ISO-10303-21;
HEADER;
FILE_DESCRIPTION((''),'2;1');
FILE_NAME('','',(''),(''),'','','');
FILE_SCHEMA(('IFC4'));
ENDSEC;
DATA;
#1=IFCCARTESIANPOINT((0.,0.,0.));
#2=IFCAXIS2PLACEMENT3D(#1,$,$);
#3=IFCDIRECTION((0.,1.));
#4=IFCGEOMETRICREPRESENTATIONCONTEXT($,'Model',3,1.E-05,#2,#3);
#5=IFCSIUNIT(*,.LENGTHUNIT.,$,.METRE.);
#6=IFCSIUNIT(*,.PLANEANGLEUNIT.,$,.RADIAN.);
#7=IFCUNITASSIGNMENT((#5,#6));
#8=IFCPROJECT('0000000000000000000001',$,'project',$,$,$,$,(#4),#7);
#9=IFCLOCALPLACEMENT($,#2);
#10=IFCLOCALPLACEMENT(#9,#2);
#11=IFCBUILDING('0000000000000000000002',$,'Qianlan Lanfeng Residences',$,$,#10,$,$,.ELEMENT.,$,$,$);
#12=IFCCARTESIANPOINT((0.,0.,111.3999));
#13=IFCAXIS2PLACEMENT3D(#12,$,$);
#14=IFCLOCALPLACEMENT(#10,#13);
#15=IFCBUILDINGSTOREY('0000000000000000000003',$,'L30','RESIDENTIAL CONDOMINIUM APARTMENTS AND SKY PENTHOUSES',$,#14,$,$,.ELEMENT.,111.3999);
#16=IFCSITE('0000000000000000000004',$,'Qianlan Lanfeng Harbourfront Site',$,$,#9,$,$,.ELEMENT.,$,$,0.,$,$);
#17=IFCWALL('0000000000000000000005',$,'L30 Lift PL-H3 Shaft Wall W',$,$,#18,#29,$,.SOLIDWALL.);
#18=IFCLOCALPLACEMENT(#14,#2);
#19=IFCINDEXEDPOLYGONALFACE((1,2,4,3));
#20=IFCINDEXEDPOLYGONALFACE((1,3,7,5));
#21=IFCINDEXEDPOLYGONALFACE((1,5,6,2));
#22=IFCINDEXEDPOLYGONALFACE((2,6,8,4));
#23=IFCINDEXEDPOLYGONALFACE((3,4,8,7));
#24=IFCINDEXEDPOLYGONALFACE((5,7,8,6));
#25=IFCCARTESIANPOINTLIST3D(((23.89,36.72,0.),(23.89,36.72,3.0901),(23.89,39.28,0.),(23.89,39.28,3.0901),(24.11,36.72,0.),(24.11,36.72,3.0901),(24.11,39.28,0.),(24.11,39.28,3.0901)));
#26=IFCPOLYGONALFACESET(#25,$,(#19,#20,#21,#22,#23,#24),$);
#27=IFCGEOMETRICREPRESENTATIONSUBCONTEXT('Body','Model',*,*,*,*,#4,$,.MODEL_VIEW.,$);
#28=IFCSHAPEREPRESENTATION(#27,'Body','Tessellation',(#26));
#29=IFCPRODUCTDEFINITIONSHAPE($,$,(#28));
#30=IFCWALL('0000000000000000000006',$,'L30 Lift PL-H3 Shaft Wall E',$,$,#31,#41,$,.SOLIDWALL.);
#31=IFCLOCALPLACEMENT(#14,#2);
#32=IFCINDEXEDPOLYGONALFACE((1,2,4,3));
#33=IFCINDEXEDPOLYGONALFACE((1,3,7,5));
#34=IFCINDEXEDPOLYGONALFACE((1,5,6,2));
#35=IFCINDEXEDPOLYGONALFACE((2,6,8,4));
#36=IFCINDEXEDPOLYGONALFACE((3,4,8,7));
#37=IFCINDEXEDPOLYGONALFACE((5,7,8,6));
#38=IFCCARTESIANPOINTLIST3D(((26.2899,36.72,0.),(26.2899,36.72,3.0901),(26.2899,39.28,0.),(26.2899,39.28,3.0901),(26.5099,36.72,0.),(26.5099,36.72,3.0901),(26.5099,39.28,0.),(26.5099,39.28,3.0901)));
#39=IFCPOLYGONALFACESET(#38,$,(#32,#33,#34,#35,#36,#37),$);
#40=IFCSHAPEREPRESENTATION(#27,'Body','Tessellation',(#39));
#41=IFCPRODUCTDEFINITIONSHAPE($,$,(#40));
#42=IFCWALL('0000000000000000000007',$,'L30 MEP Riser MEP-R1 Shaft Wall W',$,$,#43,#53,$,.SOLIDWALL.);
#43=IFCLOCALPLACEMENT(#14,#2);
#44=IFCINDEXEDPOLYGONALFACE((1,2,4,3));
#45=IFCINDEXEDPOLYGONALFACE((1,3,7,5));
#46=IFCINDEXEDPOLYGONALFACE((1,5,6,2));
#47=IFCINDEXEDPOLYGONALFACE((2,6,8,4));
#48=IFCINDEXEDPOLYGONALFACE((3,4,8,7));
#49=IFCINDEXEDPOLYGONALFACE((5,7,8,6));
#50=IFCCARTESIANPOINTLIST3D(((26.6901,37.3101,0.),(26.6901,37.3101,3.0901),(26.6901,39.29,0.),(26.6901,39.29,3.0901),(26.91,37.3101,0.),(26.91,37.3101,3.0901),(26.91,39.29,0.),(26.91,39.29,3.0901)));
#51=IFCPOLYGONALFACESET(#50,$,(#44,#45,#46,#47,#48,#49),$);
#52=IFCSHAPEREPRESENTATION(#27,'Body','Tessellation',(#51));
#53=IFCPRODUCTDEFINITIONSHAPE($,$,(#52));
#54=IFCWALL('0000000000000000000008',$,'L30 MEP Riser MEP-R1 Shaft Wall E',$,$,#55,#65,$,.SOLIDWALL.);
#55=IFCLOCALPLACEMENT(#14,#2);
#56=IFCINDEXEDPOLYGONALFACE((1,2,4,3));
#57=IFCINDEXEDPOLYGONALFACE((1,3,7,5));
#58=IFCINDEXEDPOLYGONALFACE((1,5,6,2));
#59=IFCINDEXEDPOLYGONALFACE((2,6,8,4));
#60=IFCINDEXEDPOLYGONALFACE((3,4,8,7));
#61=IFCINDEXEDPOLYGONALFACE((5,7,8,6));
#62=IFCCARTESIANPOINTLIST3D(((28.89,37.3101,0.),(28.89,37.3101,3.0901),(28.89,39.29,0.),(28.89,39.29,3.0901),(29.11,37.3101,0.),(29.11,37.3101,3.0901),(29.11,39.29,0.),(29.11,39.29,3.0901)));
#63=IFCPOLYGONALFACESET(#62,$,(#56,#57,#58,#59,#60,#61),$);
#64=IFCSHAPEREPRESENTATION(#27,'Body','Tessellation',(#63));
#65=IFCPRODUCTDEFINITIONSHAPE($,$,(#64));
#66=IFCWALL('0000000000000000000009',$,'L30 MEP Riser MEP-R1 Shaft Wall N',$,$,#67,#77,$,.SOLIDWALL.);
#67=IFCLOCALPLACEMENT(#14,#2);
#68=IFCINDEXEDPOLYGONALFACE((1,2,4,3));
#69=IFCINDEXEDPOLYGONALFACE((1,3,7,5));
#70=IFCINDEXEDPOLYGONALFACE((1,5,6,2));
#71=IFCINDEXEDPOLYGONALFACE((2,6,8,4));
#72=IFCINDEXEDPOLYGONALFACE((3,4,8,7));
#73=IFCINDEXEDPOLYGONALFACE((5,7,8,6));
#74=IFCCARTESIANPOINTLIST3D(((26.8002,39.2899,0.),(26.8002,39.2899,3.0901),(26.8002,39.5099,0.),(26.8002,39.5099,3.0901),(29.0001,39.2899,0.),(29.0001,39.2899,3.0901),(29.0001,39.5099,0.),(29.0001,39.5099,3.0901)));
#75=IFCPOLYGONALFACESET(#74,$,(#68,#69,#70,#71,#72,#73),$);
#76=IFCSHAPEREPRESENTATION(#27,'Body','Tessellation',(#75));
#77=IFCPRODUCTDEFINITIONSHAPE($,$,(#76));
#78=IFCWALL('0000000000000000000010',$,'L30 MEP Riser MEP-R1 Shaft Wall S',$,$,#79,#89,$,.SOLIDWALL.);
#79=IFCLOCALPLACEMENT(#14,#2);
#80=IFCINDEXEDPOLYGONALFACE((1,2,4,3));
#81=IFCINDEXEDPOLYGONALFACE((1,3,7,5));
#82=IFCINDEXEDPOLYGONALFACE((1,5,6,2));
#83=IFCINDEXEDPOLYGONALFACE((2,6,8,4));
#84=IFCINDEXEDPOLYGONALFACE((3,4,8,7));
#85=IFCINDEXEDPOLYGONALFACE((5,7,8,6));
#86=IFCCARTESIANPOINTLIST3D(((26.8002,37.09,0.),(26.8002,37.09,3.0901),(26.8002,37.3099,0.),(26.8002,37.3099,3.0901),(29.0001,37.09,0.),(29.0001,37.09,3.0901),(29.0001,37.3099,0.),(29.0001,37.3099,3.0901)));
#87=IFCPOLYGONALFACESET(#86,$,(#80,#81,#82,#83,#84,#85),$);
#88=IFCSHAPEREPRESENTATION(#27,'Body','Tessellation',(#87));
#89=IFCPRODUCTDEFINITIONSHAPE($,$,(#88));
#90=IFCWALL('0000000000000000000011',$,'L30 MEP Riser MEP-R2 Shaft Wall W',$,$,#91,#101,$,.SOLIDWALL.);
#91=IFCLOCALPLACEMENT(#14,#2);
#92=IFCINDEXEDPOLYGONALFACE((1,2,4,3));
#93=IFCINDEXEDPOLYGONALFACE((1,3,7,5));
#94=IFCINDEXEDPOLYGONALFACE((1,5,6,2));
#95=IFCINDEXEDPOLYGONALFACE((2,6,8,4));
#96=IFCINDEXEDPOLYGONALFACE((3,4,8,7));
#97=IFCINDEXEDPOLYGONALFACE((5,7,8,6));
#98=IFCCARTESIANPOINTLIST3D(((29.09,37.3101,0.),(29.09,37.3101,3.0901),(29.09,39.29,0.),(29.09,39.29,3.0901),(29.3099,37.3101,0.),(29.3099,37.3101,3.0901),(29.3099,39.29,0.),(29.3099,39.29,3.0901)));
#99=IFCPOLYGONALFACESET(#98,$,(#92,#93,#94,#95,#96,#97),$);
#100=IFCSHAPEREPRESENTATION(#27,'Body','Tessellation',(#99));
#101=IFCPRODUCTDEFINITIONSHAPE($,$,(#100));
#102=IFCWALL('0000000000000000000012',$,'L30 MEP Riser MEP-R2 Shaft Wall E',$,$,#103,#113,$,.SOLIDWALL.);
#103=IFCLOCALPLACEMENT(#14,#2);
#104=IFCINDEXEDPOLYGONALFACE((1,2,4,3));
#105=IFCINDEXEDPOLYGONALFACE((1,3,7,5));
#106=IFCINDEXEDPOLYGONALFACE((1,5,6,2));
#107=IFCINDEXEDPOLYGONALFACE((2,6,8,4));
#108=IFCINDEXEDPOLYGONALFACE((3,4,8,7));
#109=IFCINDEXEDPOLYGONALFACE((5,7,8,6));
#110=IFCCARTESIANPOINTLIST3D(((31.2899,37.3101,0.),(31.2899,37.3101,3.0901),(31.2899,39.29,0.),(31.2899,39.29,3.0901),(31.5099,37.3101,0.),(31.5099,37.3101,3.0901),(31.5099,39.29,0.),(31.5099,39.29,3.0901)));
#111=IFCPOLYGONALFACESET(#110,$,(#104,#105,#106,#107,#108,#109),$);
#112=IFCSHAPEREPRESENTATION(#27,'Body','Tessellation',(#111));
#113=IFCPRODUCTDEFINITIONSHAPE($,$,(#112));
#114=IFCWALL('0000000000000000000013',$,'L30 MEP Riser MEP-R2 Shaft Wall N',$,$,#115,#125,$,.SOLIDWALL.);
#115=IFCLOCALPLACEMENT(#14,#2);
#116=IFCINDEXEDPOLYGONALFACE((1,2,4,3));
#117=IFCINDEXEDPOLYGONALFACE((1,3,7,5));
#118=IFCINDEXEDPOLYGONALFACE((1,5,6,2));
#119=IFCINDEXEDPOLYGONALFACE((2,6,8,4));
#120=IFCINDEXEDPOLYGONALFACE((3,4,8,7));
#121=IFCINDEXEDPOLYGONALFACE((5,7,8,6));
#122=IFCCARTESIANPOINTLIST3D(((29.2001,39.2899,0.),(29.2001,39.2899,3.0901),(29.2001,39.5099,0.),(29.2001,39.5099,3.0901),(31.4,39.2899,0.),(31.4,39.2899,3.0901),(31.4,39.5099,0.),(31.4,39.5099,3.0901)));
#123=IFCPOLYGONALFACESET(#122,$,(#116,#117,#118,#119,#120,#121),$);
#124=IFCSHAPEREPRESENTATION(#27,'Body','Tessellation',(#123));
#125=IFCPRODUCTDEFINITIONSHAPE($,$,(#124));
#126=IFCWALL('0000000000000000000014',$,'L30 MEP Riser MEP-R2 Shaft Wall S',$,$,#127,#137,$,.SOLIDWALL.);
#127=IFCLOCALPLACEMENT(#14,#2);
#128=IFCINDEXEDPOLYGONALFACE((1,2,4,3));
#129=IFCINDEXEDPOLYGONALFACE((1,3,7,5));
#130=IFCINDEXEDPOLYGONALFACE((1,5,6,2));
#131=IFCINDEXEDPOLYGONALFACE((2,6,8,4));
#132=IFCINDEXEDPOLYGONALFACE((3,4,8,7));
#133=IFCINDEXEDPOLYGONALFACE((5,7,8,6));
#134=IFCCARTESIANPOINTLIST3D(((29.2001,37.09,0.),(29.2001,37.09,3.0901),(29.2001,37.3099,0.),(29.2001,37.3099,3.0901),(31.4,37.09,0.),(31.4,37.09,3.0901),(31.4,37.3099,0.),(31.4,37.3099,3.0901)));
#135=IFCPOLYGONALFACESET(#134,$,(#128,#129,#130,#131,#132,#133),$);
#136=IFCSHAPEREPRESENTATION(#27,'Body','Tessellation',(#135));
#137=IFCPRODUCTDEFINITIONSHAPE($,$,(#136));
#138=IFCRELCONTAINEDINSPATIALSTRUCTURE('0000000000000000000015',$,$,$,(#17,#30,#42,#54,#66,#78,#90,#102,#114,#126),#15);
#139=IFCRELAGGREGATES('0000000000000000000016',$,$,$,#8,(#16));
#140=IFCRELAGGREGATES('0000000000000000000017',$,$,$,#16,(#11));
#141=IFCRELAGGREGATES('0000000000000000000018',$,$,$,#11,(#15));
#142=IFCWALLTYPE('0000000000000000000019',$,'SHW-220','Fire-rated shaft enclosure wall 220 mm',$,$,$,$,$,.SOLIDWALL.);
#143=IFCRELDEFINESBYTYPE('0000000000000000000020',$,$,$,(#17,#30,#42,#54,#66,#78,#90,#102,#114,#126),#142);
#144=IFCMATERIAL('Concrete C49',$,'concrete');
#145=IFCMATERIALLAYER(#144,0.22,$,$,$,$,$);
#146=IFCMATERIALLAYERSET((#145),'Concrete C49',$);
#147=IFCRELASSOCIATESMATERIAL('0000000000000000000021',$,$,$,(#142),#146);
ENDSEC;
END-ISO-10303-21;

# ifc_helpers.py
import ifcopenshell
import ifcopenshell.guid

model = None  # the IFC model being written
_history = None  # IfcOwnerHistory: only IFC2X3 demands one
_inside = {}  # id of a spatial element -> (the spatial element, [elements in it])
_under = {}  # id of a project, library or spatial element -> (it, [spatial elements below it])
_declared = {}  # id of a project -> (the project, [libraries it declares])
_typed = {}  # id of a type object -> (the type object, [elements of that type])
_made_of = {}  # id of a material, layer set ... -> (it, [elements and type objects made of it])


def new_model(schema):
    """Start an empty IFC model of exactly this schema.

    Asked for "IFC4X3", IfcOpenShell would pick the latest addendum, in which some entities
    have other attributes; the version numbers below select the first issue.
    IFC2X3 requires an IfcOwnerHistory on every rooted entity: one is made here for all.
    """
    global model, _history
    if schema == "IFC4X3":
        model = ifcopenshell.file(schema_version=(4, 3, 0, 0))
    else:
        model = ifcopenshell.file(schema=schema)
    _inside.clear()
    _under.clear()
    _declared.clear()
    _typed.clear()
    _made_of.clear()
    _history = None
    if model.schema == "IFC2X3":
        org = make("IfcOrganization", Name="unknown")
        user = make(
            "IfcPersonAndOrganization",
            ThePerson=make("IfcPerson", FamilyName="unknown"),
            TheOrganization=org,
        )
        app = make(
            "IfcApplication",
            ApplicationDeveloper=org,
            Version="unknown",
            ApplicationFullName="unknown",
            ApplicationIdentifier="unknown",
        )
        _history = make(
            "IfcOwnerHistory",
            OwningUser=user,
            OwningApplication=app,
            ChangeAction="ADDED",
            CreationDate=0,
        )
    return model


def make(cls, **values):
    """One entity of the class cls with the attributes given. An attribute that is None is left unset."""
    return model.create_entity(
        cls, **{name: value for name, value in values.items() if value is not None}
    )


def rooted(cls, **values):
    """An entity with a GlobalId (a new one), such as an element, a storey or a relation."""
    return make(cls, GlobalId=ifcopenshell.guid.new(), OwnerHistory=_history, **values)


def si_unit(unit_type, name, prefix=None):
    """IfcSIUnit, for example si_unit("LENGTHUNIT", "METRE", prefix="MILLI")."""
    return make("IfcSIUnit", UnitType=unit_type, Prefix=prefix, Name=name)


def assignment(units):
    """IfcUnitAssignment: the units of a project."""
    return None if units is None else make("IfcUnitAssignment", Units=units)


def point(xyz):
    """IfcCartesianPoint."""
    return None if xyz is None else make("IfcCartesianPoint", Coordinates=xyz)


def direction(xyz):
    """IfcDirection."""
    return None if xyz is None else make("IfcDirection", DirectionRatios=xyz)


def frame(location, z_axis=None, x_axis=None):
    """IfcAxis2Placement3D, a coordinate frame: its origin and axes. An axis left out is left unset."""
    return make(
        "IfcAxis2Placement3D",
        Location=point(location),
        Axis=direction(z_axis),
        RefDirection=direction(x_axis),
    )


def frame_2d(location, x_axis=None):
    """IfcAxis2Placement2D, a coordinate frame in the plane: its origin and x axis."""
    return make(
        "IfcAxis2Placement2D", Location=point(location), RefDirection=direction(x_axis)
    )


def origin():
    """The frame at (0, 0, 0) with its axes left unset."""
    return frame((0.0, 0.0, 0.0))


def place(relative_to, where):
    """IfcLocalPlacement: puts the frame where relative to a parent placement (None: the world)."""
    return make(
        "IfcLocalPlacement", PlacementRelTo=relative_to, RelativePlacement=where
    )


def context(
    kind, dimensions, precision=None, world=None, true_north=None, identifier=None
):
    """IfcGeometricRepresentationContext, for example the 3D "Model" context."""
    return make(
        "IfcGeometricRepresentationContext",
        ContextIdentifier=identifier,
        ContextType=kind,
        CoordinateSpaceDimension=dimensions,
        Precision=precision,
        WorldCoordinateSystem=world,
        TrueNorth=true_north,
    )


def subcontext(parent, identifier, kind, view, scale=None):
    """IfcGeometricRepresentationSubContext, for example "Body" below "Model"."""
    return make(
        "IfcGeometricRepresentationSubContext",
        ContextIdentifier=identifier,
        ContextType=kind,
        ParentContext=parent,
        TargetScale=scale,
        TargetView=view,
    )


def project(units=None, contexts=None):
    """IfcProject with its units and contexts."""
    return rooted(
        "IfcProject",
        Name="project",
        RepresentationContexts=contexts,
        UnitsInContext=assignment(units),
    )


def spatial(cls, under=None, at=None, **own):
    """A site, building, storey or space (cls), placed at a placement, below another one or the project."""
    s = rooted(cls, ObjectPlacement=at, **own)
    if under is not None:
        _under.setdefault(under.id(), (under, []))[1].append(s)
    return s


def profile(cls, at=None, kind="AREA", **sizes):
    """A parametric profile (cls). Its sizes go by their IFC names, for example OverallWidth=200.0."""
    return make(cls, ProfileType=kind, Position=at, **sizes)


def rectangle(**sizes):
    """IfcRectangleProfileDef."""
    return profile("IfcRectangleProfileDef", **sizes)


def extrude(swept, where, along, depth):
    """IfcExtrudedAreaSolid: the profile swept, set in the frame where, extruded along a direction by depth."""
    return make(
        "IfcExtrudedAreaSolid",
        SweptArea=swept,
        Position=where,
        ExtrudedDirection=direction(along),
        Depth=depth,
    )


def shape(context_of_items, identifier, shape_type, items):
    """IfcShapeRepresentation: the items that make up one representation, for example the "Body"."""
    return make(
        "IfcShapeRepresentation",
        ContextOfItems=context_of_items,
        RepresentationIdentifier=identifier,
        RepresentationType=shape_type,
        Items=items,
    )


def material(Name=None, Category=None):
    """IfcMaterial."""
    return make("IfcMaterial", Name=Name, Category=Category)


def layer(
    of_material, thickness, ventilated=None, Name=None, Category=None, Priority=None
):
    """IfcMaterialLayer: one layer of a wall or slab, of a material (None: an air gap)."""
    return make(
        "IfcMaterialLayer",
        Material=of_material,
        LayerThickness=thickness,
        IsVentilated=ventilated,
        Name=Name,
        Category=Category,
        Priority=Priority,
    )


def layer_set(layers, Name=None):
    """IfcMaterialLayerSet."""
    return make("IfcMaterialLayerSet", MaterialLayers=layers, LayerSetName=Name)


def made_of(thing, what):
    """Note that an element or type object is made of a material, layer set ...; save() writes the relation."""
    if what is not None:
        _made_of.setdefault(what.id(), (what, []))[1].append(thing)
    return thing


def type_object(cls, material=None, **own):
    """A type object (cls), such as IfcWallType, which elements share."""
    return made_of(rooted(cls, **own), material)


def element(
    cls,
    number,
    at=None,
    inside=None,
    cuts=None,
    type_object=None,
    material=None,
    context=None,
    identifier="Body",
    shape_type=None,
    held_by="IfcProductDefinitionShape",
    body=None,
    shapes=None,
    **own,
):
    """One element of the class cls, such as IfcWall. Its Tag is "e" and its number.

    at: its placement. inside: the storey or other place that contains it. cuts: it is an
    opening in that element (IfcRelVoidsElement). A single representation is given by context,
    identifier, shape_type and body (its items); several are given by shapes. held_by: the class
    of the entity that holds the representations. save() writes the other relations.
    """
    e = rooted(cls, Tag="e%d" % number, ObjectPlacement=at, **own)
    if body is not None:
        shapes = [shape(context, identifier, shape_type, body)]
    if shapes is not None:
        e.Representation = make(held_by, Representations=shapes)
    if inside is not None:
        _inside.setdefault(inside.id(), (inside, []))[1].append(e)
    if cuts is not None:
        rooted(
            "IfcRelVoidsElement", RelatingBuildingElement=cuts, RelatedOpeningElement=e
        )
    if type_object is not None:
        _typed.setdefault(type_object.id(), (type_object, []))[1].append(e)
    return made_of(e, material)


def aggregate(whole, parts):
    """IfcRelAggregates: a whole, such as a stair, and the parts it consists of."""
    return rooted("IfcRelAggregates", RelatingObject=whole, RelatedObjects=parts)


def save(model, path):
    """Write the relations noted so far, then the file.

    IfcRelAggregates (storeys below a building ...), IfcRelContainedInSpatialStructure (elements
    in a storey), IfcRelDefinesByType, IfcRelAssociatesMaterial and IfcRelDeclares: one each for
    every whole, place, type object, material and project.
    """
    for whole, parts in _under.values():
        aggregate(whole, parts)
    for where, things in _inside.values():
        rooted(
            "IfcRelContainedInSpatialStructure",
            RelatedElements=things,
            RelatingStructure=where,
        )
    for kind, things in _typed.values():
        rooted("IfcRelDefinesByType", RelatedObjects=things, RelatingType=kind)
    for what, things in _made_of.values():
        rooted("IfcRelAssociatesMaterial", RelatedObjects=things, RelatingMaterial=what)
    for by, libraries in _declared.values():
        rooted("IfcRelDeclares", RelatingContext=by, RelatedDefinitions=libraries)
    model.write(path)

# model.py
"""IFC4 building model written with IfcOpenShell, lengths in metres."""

from ifc_helpers import new_model, si_unit, direction, frame, frame_2d, origin, place, context, subcontext, project, spatial, rectangle, extrude, material, layer, layer_set, type_object, element, save


model = new_model("IFC4")

# Units and contexts
model_context = context("Model", 3, precision=1e-05, world=origin(), true_north=direction((0.0, 1.0)))
body_context = subcontext(model_context, "Body", "Model", "MODEL_VIEW")
ifc_project = project(units=[si_unit("LENGTHUNIT", "METRE"), si_unit("PLANEANGLEUNIT", "RADIAN")], contexts=[model_context])

# Site, building, storey
site_placement = place(None, origin())
site = spatial("IfcSite", under=ifc_project, at=site_placement, Name="Qianlan Lanfeng Harbourfront Site", CompositionType="ELEMENT", RefElevation=0.0)
building_placement = place(site_placement, origin())
building = spatial("IfcBuilding", under=site, at=building_placement, Name="Qianlan Lanfeng Residences", CompositionType="ELEMENT")
storey_placement = place(building_placement, frame((0.0, 0.0, 111.3999)))
storey = spatial("IfcBuildingStorey", under=building, at=storey_placement, Name="L30", Description="RESIDENTIAL CONDOMINIUM APARTMENTS AND SKY PENTHOUSES", CompositionType="ELEMENT", Elevation=111.3999)

# Walls
ifc_material_1 = material(Name="Concrete C49", Category="concrete")
ifc_layer_1 = layer(ifc_material_1, 0.22)
ifc_layer_set_1 = layer_set([ifc_layer_1], Name="Concrete C49")
wall_type_1 = type_object("IfcWallType", Name="SHW-220", Description="Fire-rated shaft enclosure wall 220 mm", PredefinedType="SOLIDWALL", material=ifc_layer_set_1)
for number, where, z_axis, x_axis, name in (
    (1, (24.0, 36.72, 0.0), (0.0, 0.0, 1.0), (0.0, 1.0, 0.0), "L30 Lift PL-H3 Shaft Wall W"),
    (2, (26.3999, 36.72, 0.0), (0.0, 0.0, 1.0), (0.0, 1.0, 0.0), "L30 Lift PL-H3 Shaft Wall E"),
):
    element("IfcWall", number, at=place(storey_placement, frame(where, z_axis=z_axis, x_axis=x_axis)), inside=storey, type_object=wall_type_1, Name=name, PredefinedType="SOLIDWALL", context=body_context, shape_type="SweptSolid", body=[
        extrude(rectangle(XDim=2.5601, YDim=0.22, at=frame_2d((1.28, 0.0))), origin(), (0.0, 0.0, 1.0), 3.0901),
    ])
for number, where, z_axis, x_axis, name in (
    (3, (26.8, 37.3101, 0.0), (0.0, 0.0, 1.0), (0.0, 1.0, 0.0), "L30 MEP Riser MEP-R1 Shaft Wall W"),
    (4, (29.0, 37.3101, 0.0), (0.0, 0.0, 1.0), (0.0, 1.0, 0.0), "L30 MEP Riser MEP-R1 Shaft Wall E"),
):
    element("IfcWall", number, at=place(storey_placement, frame(where, z_axis=z_axis, x_axis=x_axis)), inside=storey, type_object=wall_type_1, Name=name, PredefinedType="SOLIDWALL", context=body_context, shape_type="SweptSolid", body=[
        extrude(rectangle(XDim=1.98, YDim=0.22, at=frame_2d((0.99, 0.0))), origin(), (0.0, 0.0, 1.0), 3.0901),
    ])
for number, where, z_axis, x_axis, name in (
    (5, (26.8, 39.3999, 0.0), (0.0, 0.0, 1.0), (1.0, 0.0, 0.0), "L30 MEP Riser MEP-R1 Shaft Wall N"),
    (6, (26.8, 37.2, 0.0), (0.0, 0.0, 1.0), (1.0, 0.0, 0.0), "L30 MEP Riser MEP-R1 Shaft Wall S"),
):
    element("IfcWall", number, at=place(storey_placement, frame(where, z_axis=z_axis, x_axis=x_axis)), inside=storey, type_object=wall_type_1, Name=name, PredefinedType="SOLIDWALL", context=body_context, shape_type="SweptSolid", body=[
        extrude(rectangle(XDim=2.2, YDim=0.22, at=frame_2d((1.1001, 0.0))), origin(), (0.0, 0.0, 1.0), 3.0901),
    ])
for number, where, z_axis, x_axis, name in (
    (7, (29.2, 37.3101, 0.0), (0.0, 0.0, 1.0), (0.0, 1.0, 0.0), "L30 MEP Riser MEP-R2 Shaft Wall W"),
    (8, (31.3999, 37.3101, 0.0), (0.0, 0.0, 1.0), (0.0, 1.0, 0.0), "L30 MEP Riser MEP-R2 Shaft Wall E"),
):
    element("IfcWall", number, at=place(storey_placement, frame(where, z_axis=z_axis, x_axis=x_axis)), inside=storey, type_object=wall_type_1, Name=name, PredefinedType="SOLIDWALL", context=body_context, shape_type="SweptSolid", body=[
        extrude(rectangle(XDim=1.98, YDim=0.22, at=frame_2d((0.99, 0.0))), origin(), (0.0, 0.0, 1.0), 3.0901),
    ])
for number, where, z_axis, x_axis, name in (
    (9, (29.2, 39.3999, 0.0), (0.0, 0.0, 1.0), (1.0, 0.0, 0.0), "L30 MEP Riser MEP-R2 Shaft Wall N"),
    (10, (29.2, 37.2, 0.0), (0.0, 0.0, 1.0), (1.0, 0.0, 0.0), "L30 MEP Riser MEP-R2 Shaft Wall S"),
):
    element("IfcWall", number, at=place(storey_placement, frame(where, z_axis=z_axis, x_axis=x_axis)), inside=storey, type_object=wall_type_1, Name=name, PredefinedType="SOLIDWALL", context=body_context, shape_type="SweptSolid", body=[
        extrude(rectangle(XDim=2.2, YDim=0.22, at=frame_2d((1.1001, 0.0))), origin(), (0.0, 0.0, 1.0), 3.0901),
    ])

save(model, "model.ifc")
